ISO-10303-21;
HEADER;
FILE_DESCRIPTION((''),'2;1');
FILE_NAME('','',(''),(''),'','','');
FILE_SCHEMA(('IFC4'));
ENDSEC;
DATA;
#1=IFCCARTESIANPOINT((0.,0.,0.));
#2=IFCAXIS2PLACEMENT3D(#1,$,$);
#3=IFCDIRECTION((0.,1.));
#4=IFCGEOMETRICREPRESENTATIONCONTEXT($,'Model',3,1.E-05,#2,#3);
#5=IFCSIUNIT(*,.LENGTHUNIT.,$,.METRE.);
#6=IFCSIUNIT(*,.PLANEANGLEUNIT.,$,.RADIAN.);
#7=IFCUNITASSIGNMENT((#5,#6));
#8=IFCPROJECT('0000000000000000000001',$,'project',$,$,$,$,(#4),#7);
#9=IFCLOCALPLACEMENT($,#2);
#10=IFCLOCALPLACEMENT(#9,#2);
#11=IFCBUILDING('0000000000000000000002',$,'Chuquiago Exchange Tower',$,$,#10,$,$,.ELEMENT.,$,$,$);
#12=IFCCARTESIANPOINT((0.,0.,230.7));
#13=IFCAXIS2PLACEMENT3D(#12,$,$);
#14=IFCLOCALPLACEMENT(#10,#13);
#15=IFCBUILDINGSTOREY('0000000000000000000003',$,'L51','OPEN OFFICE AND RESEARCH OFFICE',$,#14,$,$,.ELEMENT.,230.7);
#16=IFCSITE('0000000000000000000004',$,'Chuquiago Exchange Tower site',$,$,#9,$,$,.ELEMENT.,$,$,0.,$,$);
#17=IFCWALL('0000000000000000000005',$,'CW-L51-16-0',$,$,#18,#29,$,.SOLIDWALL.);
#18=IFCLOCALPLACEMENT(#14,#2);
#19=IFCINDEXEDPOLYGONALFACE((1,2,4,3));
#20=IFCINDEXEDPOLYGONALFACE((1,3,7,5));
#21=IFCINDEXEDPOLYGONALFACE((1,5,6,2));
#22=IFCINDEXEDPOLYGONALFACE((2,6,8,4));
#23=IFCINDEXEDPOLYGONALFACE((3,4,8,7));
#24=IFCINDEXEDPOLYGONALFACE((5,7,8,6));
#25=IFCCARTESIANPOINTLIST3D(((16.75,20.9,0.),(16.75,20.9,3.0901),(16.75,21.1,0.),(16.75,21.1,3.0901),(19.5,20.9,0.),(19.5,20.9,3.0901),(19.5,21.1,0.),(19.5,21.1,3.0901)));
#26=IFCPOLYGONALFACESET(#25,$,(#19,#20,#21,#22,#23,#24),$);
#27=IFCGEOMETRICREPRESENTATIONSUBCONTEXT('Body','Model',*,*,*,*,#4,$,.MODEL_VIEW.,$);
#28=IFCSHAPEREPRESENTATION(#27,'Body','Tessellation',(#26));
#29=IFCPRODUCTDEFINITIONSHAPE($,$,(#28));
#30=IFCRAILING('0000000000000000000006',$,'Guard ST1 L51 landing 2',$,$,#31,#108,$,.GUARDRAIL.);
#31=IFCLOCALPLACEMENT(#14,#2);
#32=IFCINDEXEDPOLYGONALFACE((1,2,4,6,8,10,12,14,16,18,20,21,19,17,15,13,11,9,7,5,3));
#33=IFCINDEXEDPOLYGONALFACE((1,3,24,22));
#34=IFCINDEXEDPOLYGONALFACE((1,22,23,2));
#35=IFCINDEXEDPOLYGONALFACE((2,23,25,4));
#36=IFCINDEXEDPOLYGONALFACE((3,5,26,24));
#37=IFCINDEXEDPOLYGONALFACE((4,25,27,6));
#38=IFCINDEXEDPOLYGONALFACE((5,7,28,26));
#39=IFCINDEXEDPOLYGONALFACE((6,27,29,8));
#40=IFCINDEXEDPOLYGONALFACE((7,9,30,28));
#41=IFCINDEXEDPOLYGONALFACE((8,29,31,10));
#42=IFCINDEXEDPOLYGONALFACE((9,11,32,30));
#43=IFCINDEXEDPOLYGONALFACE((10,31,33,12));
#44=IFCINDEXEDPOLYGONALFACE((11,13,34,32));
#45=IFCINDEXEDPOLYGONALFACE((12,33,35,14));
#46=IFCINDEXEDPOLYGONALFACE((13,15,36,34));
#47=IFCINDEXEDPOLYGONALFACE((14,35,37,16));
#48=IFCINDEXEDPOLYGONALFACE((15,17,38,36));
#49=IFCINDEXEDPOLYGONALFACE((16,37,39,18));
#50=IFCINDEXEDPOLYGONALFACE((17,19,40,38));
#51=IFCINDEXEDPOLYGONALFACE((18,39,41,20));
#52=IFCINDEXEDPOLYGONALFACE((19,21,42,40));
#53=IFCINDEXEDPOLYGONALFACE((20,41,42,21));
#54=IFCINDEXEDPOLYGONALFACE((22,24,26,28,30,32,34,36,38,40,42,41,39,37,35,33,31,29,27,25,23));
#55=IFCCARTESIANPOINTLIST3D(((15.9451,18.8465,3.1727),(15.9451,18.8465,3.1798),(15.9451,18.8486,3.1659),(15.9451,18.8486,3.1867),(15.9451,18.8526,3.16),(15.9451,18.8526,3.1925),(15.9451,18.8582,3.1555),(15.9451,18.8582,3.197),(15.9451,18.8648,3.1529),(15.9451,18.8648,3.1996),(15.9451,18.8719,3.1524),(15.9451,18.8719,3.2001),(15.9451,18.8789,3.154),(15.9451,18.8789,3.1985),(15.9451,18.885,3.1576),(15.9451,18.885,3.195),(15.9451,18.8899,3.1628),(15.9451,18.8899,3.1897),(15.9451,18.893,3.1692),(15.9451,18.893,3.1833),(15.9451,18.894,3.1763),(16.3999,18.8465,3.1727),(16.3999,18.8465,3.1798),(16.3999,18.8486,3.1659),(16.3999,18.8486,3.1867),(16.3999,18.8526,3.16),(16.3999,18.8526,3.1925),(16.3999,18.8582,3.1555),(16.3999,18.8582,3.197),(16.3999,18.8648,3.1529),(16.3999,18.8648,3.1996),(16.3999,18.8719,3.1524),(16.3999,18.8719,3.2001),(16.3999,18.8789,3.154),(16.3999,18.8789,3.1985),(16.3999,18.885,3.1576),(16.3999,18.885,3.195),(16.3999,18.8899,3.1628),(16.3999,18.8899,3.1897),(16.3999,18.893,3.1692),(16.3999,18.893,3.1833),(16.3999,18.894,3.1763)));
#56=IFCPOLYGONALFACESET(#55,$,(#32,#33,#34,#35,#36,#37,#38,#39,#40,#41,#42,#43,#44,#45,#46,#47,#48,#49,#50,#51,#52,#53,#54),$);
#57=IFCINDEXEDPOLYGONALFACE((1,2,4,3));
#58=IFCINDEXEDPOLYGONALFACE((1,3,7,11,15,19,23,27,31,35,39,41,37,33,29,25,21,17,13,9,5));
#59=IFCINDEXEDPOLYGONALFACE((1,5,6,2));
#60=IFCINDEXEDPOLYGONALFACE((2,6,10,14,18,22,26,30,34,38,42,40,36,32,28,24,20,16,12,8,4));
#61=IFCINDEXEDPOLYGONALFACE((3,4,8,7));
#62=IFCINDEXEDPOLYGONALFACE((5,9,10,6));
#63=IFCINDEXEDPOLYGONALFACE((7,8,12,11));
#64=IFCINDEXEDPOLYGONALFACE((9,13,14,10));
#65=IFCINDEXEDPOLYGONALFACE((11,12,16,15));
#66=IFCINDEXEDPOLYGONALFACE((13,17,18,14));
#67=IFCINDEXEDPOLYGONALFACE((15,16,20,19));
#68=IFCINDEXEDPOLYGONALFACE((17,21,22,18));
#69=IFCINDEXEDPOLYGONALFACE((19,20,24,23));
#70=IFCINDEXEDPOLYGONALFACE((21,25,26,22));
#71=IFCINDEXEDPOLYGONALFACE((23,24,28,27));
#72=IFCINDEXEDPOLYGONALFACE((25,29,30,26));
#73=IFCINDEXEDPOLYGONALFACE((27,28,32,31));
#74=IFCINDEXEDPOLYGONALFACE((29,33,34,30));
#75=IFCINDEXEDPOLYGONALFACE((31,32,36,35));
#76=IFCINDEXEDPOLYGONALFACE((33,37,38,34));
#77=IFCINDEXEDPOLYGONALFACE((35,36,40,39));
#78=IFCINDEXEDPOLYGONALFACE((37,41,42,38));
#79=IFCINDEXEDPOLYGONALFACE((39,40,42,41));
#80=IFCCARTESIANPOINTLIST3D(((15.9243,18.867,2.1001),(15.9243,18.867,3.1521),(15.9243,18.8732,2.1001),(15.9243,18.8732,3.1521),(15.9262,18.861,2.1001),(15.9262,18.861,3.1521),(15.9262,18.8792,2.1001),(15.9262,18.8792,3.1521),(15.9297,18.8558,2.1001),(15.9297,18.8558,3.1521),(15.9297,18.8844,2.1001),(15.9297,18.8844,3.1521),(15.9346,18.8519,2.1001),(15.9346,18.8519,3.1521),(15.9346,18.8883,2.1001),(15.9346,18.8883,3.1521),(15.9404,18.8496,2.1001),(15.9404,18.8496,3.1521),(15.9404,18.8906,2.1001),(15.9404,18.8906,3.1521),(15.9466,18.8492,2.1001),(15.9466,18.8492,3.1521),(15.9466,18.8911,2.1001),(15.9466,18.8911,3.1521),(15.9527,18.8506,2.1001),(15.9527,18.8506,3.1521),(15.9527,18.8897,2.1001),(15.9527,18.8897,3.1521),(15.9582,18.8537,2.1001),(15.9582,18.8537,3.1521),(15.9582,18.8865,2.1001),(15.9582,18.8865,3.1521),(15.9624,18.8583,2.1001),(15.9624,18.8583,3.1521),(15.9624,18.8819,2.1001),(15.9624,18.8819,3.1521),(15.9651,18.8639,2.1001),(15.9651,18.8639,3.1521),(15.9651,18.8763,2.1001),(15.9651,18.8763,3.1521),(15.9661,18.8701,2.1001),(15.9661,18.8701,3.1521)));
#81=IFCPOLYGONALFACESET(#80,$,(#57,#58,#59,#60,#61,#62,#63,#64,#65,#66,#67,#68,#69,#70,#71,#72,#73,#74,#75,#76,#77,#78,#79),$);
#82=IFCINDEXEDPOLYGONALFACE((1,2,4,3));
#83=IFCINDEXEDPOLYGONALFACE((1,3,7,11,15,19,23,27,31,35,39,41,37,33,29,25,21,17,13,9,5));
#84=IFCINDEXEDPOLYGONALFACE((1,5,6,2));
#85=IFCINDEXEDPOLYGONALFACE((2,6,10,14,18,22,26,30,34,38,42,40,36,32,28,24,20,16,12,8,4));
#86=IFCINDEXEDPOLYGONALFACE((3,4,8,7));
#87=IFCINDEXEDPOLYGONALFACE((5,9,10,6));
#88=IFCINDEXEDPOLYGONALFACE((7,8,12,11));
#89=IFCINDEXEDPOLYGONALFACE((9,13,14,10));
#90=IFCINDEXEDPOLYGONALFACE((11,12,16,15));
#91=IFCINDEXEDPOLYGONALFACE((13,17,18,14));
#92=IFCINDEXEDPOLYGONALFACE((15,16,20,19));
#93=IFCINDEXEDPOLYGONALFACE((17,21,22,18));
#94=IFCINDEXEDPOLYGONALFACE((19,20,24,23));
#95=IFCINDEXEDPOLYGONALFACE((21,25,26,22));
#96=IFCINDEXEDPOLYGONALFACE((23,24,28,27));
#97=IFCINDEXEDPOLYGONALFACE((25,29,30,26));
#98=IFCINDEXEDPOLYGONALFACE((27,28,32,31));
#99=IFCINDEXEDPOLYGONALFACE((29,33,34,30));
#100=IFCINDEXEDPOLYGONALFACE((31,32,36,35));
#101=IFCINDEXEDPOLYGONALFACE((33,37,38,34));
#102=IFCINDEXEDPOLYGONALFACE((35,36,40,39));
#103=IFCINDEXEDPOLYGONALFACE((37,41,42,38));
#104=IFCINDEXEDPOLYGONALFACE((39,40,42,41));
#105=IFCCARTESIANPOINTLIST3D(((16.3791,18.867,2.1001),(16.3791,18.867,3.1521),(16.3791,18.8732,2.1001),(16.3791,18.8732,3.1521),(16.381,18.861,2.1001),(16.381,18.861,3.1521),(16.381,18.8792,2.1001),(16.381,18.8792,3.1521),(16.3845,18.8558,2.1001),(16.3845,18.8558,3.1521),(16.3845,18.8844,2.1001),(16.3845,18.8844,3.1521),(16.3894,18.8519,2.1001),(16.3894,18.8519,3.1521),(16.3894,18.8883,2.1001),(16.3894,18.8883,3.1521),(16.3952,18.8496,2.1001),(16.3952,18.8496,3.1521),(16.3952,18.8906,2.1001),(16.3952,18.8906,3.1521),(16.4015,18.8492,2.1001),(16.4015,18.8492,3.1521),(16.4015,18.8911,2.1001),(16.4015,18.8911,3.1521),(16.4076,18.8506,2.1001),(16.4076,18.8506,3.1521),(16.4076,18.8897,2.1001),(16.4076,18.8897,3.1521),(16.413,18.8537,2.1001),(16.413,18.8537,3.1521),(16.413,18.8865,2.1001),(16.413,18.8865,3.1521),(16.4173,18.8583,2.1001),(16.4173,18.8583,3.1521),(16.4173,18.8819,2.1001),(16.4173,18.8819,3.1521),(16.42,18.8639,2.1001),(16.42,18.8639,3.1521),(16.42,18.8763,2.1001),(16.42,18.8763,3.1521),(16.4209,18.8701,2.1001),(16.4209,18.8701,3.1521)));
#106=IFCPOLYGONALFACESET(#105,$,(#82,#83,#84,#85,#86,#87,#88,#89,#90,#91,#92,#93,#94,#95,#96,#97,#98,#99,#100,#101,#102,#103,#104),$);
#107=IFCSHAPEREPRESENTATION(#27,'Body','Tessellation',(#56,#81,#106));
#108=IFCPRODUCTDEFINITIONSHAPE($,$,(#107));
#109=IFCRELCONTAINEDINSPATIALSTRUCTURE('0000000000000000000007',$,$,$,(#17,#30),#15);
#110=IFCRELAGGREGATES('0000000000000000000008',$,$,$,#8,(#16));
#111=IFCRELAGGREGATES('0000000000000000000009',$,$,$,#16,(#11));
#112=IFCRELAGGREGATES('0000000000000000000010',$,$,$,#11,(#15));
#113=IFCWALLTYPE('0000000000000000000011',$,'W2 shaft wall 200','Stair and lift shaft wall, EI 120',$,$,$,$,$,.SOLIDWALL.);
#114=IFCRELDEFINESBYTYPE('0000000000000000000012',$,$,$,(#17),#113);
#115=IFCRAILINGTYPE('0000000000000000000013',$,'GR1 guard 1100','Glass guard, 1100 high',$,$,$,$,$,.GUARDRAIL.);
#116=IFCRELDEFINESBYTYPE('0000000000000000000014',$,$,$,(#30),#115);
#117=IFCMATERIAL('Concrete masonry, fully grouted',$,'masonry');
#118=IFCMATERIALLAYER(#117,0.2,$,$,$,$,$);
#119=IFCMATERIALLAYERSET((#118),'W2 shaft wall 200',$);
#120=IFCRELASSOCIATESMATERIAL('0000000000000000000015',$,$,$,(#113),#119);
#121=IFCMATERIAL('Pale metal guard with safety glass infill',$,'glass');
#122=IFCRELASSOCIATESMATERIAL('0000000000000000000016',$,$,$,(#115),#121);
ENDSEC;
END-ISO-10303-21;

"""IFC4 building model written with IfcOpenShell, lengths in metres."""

from ifc_helpers import new_model, si_unit, direction, frame, frame_2d, origin, origin_2d, place, context, subcontext, project, spatial, rectangle, circle, extrude, material, layer, layer_set, type_object, element, save


model = new_model("IFC4")

# Units and contexts
model_context = context("Model", 3, precision=1e-05, world=origin(), true_north=direction((0.0, 1.0)))
body_context = subcontext(model_context, "Body", "Model", "MODEL_VIEW")
ifc_project = project(units=[si_unit("LENGTHUNIT", "METRE"), si_unit("PLANEANGLEUNIT", "RADIAN")], contexts=[model_context])

# Site, building, storey
site_placement = place(None, origin())
site = spatial("IfcSite", under=ifc_project, at=site_placement, Name="Chuquiago Exchange Tower site", CompositionType="ELEMENT", RefElevation=0.0)
building_placement = place(site_placement, origin())
building = spatial("IfcBuilding", under=site, at=building_placement, Name="Chuquiago Exchange Tower", CompositionType="ELEMENT")
storey_placement = place(building_placement, frame((0.0, 0.0, 230.7)))
storey = spatial("IfcBuildingStorey", under=building, at=storey_placement, Name="L51", Description="OPEN OFFICE AND RESEARCH OFFICE", CompositionType="ELEMENT", Elevation=230.7)

# Wall
ifc_material_1 = material(Name="Concrete masonry, fully grouted", Category="masonry")
ifc_layer_1 = layer(ifc_material_1, 0.2)
ifc_layer_set_1 = layer_set([ifc_layer_1], Name="W2 shaft wall 200")
wall_type_1 = type_object("IfcWallType", Name="W2 shaft wall 200", Description="Stair and lift shaft wall, EI 120", PredefinedType="SOLIDWALL", material=ifc_layer_set_1)
wall_1_placement = place(storey_placement, frame((16.75, 21.0, 0.0), z_axis=(0.0, 0.0, 1.0), x_axis=(1.0, 0.0, 0.0)))
element("IfcWall", 1, at=wall_1_placement, inside=storey, type_object=wall_type_1, Name="CW-L51-16-0", PredefinedType="SOLIDWALL", context=body_context, shape_type="SweptSolid", body=[
    extrude(rectangle(XDim=2.75, YDim=0.2, at=frame_2d((1.375, 0.0))), origin(), (0.0, 0.0, 1.0), 3.0901),
])

# Railing
ifc_material_2 = material(Name="Pale metal guard with safety glass infill", Category="glass")
railing_type_1 = type_object("IfcRailingType", Name="GR1 guard 1100", Description="Glass guard, 1100 high", PredefinedType="GUARDRAIL", material=ifc_material_2)
railing_placement = place(storey_placement, frame((15.9451, 18.8701, 2.1001)))
element("IfcRailing", 2, at=railing_placement, inside=storey, type_object=railing_type_1, Name="Guard ST1 L51 landing 2", PredefinedType="GUARDRAIL", context=body_context, shape_type="SweptSolid", body=[
    extrude(circle(Radius=0.0239, at=origin_2d()), frame((0.0, 0.0, 1.0762), z_axis=(1.0, 0.0, 0.0), x_axis=(0.0, 1.0, 0.0)), (0.0, 0.0, 1.0), 0.4548),
    extrude(circle(Radius=0.021, at=origin_2d()), origin(), (0.0, 0.0, 1.0), 1.052),
    extrude(circle(Radius=0.021, at=origin_2d()), frame((0.4548, 0.0, 0.0)), (0.0, 0.0, 1.0), 1.052),
])

save(model, "model.ifc")
